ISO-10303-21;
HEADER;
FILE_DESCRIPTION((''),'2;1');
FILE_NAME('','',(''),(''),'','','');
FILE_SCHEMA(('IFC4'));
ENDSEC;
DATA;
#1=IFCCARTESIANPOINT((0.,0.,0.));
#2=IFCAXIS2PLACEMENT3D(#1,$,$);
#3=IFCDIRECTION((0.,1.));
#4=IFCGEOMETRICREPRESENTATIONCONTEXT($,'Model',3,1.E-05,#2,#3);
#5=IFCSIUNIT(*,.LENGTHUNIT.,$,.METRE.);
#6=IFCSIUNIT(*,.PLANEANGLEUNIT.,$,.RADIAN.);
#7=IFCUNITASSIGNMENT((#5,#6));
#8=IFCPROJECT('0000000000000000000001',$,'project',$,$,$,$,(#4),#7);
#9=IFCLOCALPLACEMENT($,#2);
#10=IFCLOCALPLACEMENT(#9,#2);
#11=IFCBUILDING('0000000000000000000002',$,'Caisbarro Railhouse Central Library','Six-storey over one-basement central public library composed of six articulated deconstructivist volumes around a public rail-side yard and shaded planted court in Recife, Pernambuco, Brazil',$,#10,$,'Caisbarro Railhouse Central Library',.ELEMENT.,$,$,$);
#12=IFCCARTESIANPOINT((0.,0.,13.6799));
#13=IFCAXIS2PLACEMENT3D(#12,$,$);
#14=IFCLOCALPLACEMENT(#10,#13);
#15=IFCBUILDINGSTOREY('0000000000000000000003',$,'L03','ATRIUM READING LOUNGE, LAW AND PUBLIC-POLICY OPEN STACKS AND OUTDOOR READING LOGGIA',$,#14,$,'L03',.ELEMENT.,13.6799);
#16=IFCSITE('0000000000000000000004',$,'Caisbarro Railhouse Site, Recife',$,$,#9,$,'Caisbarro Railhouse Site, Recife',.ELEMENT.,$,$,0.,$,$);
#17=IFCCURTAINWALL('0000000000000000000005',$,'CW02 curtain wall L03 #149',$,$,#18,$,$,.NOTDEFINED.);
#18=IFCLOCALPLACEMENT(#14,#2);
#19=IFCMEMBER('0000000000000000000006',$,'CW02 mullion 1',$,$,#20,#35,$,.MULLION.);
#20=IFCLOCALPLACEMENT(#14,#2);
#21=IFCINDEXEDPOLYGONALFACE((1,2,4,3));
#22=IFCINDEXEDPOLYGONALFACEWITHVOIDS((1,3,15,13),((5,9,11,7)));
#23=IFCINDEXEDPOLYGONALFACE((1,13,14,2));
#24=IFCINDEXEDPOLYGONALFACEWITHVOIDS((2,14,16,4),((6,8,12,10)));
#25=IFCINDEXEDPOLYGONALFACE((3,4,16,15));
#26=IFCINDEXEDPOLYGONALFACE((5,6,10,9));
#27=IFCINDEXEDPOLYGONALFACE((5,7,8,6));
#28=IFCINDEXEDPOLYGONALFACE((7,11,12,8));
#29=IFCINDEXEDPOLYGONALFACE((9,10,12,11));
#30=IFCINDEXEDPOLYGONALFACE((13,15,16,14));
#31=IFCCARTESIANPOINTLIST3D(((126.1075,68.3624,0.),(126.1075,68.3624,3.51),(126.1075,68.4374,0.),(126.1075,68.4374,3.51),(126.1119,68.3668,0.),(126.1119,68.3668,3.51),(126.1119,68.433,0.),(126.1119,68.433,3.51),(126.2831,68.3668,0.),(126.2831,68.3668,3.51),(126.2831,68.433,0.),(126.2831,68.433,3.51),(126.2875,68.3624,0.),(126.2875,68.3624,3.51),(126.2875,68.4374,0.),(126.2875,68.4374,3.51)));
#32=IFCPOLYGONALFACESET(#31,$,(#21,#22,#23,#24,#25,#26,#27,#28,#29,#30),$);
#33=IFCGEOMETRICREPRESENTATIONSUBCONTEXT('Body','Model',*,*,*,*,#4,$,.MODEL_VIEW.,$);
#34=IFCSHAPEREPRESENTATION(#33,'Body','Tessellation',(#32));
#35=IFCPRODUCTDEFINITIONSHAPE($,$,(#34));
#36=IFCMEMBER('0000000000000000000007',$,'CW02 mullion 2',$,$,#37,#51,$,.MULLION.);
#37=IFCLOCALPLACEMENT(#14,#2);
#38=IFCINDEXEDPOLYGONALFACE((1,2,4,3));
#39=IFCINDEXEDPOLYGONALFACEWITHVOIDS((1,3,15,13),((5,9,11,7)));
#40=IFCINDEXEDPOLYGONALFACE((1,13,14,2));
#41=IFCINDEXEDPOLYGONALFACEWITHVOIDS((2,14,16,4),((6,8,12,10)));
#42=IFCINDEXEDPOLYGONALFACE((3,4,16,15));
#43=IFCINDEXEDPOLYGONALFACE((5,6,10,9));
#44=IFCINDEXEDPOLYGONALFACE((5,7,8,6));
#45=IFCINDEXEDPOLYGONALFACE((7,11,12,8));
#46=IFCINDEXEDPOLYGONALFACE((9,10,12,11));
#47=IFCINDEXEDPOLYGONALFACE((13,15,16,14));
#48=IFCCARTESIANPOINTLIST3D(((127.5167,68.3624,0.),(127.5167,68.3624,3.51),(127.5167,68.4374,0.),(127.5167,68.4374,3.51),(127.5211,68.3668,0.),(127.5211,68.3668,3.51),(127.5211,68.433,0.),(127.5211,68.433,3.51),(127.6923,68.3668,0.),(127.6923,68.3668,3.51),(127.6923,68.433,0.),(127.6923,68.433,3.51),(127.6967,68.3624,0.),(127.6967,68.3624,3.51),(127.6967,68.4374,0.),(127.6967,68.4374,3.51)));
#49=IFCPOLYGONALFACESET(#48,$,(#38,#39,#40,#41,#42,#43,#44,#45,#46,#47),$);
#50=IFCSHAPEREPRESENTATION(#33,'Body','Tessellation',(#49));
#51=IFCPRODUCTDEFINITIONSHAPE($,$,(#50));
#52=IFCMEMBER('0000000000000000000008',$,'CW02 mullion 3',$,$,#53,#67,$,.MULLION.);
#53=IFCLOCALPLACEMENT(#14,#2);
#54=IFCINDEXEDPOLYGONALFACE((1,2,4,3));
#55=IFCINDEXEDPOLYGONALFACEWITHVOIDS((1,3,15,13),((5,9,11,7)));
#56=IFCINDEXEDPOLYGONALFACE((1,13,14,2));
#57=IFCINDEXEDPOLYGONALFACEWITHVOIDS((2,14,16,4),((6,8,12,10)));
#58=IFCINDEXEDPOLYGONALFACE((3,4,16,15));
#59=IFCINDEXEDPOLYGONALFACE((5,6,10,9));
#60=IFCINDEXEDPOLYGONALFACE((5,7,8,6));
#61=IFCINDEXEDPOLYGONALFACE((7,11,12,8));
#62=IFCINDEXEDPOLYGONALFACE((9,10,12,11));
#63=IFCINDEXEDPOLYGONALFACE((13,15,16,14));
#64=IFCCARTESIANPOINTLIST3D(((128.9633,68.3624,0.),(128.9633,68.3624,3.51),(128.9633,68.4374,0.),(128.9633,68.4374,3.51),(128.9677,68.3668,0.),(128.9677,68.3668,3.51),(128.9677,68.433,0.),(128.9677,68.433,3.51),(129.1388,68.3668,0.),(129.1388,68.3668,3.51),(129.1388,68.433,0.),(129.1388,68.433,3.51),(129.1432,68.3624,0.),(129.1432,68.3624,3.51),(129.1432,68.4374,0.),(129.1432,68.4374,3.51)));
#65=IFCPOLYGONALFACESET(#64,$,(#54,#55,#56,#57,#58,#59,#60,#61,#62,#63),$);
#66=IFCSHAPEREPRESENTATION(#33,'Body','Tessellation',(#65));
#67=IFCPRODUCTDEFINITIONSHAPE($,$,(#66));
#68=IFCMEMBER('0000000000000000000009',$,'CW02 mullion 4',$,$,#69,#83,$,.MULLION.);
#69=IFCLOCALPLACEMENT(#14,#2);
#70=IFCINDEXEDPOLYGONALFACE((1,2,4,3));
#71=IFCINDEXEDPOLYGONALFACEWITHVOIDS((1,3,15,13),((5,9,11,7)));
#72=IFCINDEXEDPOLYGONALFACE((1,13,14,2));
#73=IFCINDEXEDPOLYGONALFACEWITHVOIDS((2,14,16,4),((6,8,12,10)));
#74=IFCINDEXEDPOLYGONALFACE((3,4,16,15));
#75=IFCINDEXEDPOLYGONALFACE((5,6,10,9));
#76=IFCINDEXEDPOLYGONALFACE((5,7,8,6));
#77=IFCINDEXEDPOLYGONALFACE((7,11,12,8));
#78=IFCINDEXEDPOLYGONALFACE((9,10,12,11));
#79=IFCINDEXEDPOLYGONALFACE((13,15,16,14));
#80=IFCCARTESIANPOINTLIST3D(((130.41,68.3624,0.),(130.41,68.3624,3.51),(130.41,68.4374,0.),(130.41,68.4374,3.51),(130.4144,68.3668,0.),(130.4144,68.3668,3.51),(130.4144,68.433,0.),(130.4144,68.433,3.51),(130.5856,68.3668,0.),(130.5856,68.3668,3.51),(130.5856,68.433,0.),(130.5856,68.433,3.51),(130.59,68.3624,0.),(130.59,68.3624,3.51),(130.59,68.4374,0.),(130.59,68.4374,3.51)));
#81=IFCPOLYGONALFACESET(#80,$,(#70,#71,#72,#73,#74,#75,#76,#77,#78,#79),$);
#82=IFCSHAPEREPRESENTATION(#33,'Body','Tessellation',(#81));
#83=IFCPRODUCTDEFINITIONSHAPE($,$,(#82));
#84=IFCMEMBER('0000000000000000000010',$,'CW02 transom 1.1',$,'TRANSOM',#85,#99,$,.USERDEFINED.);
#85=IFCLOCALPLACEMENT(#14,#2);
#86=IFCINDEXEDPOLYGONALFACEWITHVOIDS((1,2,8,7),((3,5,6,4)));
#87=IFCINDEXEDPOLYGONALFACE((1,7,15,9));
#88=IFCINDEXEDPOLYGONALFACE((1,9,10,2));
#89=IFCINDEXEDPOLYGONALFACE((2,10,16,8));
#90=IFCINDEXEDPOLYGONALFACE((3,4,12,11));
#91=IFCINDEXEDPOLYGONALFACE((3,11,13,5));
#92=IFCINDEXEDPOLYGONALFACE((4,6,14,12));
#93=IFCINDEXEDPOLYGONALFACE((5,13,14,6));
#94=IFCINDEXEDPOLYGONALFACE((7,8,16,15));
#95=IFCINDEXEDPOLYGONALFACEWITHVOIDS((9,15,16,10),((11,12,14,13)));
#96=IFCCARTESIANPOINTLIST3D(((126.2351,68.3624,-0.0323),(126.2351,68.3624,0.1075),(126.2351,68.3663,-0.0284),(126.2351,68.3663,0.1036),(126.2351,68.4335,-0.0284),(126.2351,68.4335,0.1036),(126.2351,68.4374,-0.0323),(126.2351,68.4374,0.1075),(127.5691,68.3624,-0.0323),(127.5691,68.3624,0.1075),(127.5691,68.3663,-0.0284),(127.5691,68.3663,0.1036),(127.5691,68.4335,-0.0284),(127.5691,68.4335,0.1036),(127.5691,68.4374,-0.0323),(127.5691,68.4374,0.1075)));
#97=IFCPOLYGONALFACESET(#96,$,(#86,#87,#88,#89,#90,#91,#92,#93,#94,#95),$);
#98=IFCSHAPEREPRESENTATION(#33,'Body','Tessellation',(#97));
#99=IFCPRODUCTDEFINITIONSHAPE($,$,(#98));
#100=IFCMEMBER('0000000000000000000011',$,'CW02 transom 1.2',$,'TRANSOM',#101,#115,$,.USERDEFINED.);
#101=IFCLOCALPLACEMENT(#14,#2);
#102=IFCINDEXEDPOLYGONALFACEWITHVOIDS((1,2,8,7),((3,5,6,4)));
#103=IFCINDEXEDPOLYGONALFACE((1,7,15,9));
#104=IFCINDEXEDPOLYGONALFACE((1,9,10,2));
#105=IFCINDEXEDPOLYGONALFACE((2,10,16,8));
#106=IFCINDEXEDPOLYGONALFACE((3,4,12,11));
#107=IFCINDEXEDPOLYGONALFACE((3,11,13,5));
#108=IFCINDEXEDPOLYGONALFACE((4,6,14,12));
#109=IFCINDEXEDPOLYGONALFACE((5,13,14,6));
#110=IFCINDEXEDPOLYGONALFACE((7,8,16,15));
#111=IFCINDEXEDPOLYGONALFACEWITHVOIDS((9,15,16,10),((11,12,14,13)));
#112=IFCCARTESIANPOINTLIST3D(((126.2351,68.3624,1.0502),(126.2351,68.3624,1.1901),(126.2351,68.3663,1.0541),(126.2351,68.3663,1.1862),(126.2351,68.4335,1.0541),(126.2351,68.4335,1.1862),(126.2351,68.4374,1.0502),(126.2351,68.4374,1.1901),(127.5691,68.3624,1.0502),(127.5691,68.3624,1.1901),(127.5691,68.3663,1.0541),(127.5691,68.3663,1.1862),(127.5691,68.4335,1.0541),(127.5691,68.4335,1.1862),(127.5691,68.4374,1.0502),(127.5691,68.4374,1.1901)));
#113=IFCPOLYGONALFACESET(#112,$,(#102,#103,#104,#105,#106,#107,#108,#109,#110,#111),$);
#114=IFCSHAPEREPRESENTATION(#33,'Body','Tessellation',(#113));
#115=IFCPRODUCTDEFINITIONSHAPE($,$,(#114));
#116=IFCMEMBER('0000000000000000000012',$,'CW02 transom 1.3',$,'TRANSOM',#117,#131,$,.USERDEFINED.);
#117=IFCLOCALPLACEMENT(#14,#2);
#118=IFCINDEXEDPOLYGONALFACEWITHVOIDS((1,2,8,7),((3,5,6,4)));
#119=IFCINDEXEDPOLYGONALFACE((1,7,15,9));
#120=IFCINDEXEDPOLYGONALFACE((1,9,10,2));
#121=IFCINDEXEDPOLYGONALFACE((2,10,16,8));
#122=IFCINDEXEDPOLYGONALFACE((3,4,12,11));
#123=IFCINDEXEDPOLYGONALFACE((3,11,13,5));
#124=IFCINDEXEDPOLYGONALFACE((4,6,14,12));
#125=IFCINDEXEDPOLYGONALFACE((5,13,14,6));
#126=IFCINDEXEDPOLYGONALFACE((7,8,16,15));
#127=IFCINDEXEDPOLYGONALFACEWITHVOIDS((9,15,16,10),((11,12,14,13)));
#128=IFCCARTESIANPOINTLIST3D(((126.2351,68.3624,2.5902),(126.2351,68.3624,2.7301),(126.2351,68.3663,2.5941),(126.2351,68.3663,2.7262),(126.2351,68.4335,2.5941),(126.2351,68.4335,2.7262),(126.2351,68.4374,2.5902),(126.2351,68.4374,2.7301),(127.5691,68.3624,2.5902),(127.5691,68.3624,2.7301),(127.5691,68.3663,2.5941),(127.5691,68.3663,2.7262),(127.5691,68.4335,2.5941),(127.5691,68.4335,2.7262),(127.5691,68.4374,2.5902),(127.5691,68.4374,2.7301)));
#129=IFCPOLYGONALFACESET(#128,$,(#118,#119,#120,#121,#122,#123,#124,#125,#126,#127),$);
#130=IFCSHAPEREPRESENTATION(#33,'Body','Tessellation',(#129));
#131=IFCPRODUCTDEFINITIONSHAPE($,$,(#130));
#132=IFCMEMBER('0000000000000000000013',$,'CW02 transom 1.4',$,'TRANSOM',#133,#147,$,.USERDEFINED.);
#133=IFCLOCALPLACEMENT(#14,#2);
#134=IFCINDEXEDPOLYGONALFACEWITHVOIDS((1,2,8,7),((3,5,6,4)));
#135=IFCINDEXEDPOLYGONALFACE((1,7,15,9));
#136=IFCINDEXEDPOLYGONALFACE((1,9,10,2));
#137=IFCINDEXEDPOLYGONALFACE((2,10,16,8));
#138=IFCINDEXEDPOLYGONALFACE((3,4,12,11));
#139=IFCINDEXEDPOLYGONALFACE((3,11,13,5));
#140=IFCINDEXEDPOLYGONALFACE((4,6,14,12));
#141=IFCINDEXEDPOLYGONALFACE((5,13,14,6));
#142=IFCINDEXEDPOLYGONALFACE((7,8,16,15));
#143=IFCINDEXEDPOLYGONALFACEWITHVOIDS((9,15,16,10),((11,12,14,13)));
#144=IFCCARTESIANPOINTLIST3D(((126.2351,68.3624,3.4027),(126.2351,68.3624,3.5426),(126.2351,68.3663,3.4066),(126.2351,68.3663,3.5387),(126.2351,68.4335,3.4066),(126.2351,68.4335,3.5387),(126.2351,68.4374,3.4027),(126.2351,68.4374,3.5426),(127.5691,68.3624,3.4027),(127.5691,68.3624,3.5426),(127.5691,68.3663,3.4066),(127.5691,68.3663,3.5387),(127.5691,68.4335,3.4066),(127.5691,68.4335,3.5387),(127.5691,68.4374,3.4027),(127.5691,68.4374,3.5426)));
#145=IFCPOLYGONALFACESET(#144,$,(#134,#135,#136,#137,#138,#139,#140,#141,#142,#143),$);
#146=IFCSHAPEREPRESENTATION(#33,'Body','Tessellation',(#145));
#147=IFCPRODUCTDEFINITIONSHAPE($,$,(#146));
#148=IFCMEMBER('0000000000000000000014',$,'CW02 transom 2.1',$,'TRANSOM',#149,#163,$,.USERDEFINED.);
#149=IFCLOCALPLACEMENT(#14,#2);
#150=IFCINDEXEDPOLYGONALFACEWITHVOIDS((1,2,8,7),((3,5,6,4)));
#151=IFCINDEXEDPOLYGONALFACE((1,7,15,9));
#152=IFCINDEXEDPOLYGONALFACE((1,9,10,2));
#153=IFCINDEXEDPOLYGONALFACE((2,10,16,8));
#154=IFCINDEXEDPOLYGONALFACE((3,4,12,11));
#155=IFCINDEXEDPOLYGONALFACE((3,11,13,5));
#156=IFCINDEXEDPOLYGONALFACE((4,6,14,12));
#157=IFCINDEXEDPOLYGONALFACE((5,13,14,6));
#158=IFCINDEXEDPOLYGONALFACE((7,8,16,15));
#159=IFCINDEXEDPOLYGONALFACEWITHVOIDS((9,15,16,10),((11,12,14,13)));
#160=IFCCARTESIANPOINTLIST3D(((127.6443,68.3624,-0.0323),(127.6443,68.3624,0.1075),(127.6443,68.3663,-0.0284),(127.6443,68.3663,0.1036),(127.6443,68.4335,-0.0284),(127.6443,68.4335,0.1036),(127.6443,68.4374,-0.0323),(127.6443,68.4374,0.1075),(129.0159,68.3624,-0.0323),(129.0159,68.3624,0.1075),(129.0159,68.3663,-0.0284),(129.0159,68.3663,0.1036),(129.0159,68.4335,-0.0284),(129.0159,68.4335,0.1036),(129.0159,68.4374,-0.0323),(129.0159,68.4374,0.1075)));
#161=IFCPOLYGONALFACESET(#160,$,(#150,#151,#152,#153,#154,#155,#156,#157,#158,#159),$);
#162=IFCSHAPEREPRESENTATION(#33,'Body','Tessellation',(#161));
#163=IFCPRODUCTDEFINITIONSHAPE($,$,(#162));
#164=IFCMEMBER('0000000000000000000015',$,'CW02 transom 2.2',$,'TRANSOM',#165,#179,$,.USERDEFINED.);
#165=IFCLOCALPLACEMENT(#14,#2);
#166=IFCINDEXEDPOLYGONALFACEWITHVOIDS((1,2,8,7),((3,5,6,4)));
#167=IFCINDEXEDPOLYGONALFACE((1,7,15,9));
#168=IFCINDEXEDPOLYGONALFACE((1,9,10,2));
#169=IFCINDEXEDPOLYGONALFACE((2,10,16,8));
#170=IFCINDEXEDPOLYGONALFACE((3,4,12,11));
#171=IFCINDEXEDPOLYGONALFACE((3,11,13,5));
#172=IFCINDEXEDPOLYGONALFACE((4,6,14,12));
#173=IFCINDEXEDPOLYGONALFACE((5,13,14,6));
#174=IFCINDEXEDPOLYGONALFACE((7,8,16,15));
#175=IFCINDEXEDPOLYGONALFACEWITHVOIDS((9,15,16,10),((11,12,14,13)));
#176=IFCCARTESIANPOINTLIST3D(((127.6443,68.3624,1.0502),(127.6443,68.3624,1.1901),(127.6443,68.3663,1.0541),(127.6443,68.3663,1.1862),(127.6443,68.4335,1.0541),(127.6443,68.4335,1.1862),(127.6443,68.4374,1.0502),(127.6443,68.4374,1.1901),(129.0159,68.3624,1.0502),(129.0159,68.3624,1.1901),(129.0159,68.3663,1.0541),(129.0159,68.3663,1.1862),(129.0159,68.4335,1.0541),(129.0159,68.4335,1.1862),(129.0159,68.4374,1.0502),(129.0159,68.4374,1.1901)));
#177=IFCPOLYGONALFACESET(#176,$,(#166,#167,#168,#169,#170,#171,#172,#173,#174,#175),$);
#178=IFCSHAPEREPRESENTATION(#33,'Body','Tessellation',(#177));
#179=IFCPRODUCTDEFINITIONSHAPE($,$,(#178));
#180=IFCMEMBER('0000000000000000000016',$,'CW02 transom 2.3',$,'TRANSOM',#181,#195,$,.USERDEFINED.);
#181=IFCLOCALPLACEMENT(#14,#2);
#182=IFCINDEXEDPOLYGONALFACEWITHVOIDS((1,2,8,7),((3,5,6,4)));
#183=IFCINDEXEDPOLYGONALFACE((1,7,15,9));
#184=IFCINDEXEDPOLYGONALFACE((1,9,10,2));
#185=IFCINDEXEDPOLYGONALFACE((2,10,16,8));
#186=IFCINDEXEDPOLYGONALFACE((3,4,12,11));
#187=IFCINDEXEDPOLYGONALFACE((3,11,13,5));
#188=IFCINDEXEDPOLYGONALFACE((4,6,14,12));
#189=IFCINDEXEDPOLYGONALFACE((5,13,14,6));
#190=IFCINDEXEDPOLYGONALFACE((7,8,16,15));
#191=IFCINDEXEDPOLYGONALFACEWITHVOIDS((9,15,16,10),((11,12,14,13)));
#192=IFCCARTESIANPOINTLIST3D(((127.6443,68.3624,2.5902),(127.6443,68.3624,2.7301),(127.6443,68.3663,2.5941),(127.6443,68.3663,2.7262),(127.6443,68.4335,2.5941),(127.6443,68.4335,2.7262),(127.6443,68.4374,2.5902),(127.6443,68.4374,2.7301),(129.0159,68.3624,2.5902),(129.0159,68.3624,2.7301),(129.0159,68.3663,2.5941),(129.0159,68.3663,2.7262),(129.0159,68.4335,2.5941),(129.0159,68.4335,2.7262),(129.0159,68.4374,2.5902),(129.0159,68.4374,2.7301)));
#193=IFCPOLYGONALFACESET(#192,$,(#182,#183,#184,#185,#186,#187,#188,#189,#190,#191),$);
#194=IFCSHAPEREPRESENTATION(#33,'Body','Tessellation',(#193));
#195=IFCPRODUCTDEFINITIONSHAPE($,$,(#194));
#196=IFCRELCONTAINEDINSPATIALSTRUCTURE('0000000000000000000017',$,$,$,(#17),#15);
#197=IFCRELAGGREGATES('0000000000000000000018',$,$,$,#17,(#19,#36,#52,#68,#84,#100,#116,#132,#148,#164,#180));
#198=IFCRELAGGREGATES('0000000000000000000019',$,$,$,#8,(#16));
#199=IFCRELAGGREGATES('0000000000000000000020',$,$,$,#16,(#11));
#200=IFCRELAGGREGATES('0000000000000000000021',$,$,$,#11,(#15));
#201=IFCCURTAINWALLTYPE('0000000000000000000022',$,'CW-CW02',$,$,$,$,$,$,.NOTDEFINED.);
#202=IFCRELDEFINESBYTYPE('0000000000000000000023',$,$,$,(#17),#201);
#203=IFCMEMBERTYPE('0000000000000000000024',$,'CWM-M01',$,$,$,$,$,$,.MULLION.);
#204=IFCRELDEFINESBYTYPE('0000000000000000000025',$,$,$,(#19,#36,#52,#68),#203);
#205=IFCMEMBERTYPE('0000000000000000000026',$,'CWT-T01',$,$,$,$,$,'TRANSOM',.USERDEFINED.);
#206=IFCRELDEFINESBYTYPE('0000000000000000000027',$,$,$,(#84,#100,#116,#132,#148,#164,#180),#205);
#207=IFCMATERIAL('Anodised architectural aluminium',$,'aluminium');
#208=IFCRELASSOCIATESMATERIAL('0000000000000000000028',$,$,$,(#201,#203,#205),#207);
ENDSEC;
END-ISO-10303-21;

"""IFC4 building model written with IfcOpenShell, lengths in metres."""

from ifc_helpers import new_model, si_unit, direction, frame, origin, origin_2d, place, context, subcontext, project, spatial, hollow_rectangle, extrude, material, material_profile, profile_set, type_object, element, aggregate, save


model = new_model("IFC4")

# Units and contexts
model_context = context("Model", 3, precision=1e-05, world=origin(), true_north=direction((0.0, 1.0)))
body_context = subcontext(model_context, "Body", "Model", "MODEL_VIEW")
ifc_project = project(units=[si_unit("LENGTHUNIT", "METRE"), si_unit("PLANEANGLEUNIT", "RADIAN")], contexts=[model_context])

# Site, building, storey
site_placement = place(None, origin())
site = spatial("IfcSite", under=ifc_project, at=site_placement, Name="Caisbarro Railhouse Site, Recife", LongName="Caisbarro Railhouse Site, Recife", CompositionType="ELEMENT", RefElevation=0.0)
building_placement = place(site_placement, origin())
building = spatial("IfcBuilding", under=site, at=building_placement, Name="Caisbarro Railhouse Central Library", Description="Six-storey over one-basement central public library composed of six articulated deconstructivist volumes around a public rail-side yard and shaded planted court in Recife, Pernambuco, Brazil", LongName="Caisbarro Railhouse Central Library", CompositionType="ELEMENT")
storey_placement = place(building_placement, frame((0.0, 0.0, 13.6799)))
storey = spatial("IfcBuildingStorey", under=building, at=storey_placement, Name="L03", Description="ATRIUM READING LOUNGE, LAW AND PUBLIC-POLICY OPEN STACKS AND OUTDOOR READING LOGGIA", LongName="L03", CompositionType="ELEMENT", Elevation=13.6799)

# Curtain wall, members
ifc_material_1 = material(Name="Anodised architectural aluminium", Category="aluminium")
curtain_wall_type = type_object("IfcCurtainWallType", Name="CW-CW02", PredefinedType="NOTDEFINED", material=ifc_material_1)
curtain_wall_placement = place(storey_placement, origin())
curtain_wall = element("IfcCurtainWall", 1, at=curtain_wall_placement, inside=storey, type_object=curtain_wall_type, Name="CW02 curtain wall L03 #149", PredefinedType="NOTDEFINED")
ifc_material_profile_1 = material_profile(ifc_material_1, hollow_rectangle(XDim=0.075, YDim=0.1799, WallThickness=0.0044, at=origin_2d()), Name="ALU-MUL-75X180")
ifc_profile_set_1 = profile_set([ifc_material_profile_1], Name="Anodised architectural aluminium")
member_type_1 = type_object("IfcMemberType", Name="CWM-M01", PredefinedType="MULLION", material=ifc_profile_set_1)
member_1_placement = place(storey_placement, frame((126.1975, 68.3999, 0.0), z_axis=(0.0, 0.0, 1.0), x_axis=(0.0, 1.0, 0.0)))
member_1 = element("IfcMember", 2, at=member_1_placement, type_object=member_type_1, Name="CW02 mullion 1", PredefinedType="MULLION", context=body_context, shape_type="SweptSolid", body=[
    extrude(hollow_rectangle(XDim=0.075, YDim=0.1799, WallThickness=0.0044, at=origin_2d()), origin(), (0.0, 0.0, 1.0), 3.51),
])
member_2_placement = place(storey_placement, frame((127.6067, 68.3999, 0.0), z_axis=(0.0, 0.0, 1.0), x_axis=(0.0, 1.0, 0.0)))
member_2 = element("IfcMember", 3, at=member_2_placement, type_object=member_type_1, Name="CW02 mullion 2", PredefinedType="MULLION", context=body_context, shape_type="SweptSolid", body=[
    extrude(hollow_rectangle(XDim=0.075, YDim=0.1799, WallThickness=0.0044, at=origin_2d()), origin(), (0.0, 0.0, 1.0), 3.51),
])
member_3_placement = place(storey_placement, frame((129.0532, 68.3999, 0.0), z_axis=(0.0, 0.0, 1.0), x_axis=(0.0, 1.0, 0.0)))
member_3 = element("IfcMember", 4, at=member_3_placement, type_object=member_type_1, Name="CW02 mullion 3", PredefinedType="MULLION", context=body_context, shape_type="SweptSolid", body=[
    extrude(hollow_rectangle(XDim=0.075, YDim=0.1799, WallThickness=0.0044, at=origin_2d()), origin(), (0.0, 0.0, 1.0), 3.51),
])
member_4_placement = place(storey_placement, frame((130.5, 68.3999, 0.0), z_axis=(0.0, 0.0, 1.0), x_axis=(0.0, 1.0, 0.0)))
member_4 = element("IfcMember", 5, at=member_4_placement, type_object=member_type_1, Name="CW02 mullion 4", PredefinedType="MULLION", context=body_context, shape_type="SweptSolid", body=[
    extrude(hollow_rectangle(XDim=0.075, YDim=0.1799, WallThickness=0.0044, at=origin_2d()), origin(), (0.0, 0.0, 1.0), 3.51),
])
ifc_material_profile_2 = material_profile(ifc_material_1, hollow_rectangle(XDim=0.075, YDim=0.1399, WallThickness=0.0039, at=origin_2d()), Name="ALU-TRN-75X140")
ifc_profile_set_2 = profile_set([ifc_material_profile_2], Name="Anodised architectural aluminium")
member_type_2 = type_object("IfcMemberType", Name="CWT-T01", ElementType="TRANSOM", PredefinedType="USERDEFINED", material=ifc_profile_set_2)
member_5_placement = place(storey_placement, frame((126.2351, 68.3999, 0.0376), z_axis=(1.0, 0.0, 0.0), x_axis=(0.0, 1.0, 0.0)))
member_5 = element("IfcMember", 6, at=member_5_placement, type_object=member_type_2, Name="CW02 transom 1.1", ObjectType="TRANSOM", PredefinedType="USERDEFINED", context=body_context, shape_type="SweptSolid", body=[
    extrude(hollow_rectangle(XDim=0.075, YDim=0.1399, WallThickness=0.0039, at=origin_2d()), origin(), (0.0, 0.0, 1.0), 1.334),
])
member_6_placement = place(storey_placement, frame((126.2351, 68.3999, 1.1201), z_axis=(1.0, 0.0, 0.0), x_axis=(0.0, 1.0, 0.0)))
member_6 = element("IfcMember", 7, at=member_6_placement, type_object=member_type_2, Name="CW02 transom 1.2", ObjectType="TRANSOM", PredefinedType="USERDEFINED", context=body_context, shape_type="SweptSolid", body=[
    extrude(hollow_rectangle(XDim=0.075, YDim=0.1399, WallThickness=0.0039, at=origin_2d()), origin(), (0.0, 0.0, 1.0), 1.334),
])
member_7_placement = place(storey_placement, frame((126.2351, 68.3999, 2.6602), z_axis=(1.0, 0.0, 0.0), x_axis=(0.0, 1.0, 0.0)))
member_7 = element("IfcMember", 8, at=member_7_placement, type_object=member_type_2, Name="CW02 transom 1.3", ObjectType="TRANSOM", PredefinedType="USERDEFINED", context=body_context, shape_type="SweptSolid", body=[
    extrude(hollow_rectangle(XDim=0.075, YDim=0.1399, WallThickness=0.0039, at=origin_2d()), origin(), (0.0, 0.0, 1.0), 1.334),
])
member_8_placement = place(storey_placement, frame((126.2351, 68.3999, 3.4727), z_axis=(1.0, 0.0, 0.0), x_axis=(0.0, 1.0, 0.0)))
member_8 = element("IfcMember", 9, at=member_8_placement, type_object=member_type_2, Name="CW02 transom 1.4", ObjectType="TRANSOM", PredefinedType="USERDEFINED", context=body_context, shape_type="SweptSolid", body=[
    extrude(hollow_rectangle(XDim=0.075, YDim=0.1399, WallThickness=0.0039, at=origin_2d()), origin(), (0.0, 0.0, 1.0), 1.334),
])
member_9_placement = place(storey_placement, frame((127.6443, 68.3999, 0.0376), z_axis=(1.0, 0.0, 0.0), x_axis=(0.0, 1.0, 0.0)))
member_9 = element("IfcMember", 10, at=member_9_placement, type_object=member_type_2, Name="CW02 transom 2.1", ObjectType="TRANSOM", PredefinedType="USERDEFINED", context=body_context, shape_type="SweptSolid", body=[
    extrude(hollow_rectangle(XDim=0.075, YDim=0.1399, WallThickness=0.0039, at=origin_2d()), origin(), (0.0, 0.0, 1.0), 1.3716),
])
member_10_placement = place(storey_placement, frame((127.6443, 68.3999, 1.1201), z_axis=(1.0, 0.0, 0.0), x_axis=(0.0, 1.0, 0.0)))
member_10 = element("IfcMember", 11, at=member_10_placement, type_object=member_type_2, Name="CW02 transom 2.2", ObjectType="TRANSOM", PredefinedType="USERDEFINED", context=body_context, shape_type="SweptSolid", body=[
    extrude(hollow_rectangle(XDim=0.075, YDim=0.1399, WallThickness=0.0039, at=origin_2d()), origin(), (0.0, 0.0, 1.0), 1.3716),
])
member_11_placement = place(storey_placement, frame((127.6443, 68.3999, 2.6602), z_axis=(1.0, 0.0, 0.0), x_axis=(0.0, 1.0, 0.0)))
member_11 = element("IfcMember", 12, at=member_11_placement, type_object=member_type_2, Name="CW02 transom 2.3", ObjectType="TRANSOM", PredefinedType="USERDEFINED", context=body_context, shape_type="SweptSolid", body=[
    extrude(hollow_rectangle(XDim=0.075, YDim=0.1399, WallThickness=0.0039, at=origin_2d()), origin(), (0.0, 0.0, 1.0), 1.3716),
])
aggregate(curtain_wall, [member_1, member_2, member_3, member_4, member_5, member_6, member_7, member_8, member_9, member_10, member_11])

save(model, "model.ifc")
